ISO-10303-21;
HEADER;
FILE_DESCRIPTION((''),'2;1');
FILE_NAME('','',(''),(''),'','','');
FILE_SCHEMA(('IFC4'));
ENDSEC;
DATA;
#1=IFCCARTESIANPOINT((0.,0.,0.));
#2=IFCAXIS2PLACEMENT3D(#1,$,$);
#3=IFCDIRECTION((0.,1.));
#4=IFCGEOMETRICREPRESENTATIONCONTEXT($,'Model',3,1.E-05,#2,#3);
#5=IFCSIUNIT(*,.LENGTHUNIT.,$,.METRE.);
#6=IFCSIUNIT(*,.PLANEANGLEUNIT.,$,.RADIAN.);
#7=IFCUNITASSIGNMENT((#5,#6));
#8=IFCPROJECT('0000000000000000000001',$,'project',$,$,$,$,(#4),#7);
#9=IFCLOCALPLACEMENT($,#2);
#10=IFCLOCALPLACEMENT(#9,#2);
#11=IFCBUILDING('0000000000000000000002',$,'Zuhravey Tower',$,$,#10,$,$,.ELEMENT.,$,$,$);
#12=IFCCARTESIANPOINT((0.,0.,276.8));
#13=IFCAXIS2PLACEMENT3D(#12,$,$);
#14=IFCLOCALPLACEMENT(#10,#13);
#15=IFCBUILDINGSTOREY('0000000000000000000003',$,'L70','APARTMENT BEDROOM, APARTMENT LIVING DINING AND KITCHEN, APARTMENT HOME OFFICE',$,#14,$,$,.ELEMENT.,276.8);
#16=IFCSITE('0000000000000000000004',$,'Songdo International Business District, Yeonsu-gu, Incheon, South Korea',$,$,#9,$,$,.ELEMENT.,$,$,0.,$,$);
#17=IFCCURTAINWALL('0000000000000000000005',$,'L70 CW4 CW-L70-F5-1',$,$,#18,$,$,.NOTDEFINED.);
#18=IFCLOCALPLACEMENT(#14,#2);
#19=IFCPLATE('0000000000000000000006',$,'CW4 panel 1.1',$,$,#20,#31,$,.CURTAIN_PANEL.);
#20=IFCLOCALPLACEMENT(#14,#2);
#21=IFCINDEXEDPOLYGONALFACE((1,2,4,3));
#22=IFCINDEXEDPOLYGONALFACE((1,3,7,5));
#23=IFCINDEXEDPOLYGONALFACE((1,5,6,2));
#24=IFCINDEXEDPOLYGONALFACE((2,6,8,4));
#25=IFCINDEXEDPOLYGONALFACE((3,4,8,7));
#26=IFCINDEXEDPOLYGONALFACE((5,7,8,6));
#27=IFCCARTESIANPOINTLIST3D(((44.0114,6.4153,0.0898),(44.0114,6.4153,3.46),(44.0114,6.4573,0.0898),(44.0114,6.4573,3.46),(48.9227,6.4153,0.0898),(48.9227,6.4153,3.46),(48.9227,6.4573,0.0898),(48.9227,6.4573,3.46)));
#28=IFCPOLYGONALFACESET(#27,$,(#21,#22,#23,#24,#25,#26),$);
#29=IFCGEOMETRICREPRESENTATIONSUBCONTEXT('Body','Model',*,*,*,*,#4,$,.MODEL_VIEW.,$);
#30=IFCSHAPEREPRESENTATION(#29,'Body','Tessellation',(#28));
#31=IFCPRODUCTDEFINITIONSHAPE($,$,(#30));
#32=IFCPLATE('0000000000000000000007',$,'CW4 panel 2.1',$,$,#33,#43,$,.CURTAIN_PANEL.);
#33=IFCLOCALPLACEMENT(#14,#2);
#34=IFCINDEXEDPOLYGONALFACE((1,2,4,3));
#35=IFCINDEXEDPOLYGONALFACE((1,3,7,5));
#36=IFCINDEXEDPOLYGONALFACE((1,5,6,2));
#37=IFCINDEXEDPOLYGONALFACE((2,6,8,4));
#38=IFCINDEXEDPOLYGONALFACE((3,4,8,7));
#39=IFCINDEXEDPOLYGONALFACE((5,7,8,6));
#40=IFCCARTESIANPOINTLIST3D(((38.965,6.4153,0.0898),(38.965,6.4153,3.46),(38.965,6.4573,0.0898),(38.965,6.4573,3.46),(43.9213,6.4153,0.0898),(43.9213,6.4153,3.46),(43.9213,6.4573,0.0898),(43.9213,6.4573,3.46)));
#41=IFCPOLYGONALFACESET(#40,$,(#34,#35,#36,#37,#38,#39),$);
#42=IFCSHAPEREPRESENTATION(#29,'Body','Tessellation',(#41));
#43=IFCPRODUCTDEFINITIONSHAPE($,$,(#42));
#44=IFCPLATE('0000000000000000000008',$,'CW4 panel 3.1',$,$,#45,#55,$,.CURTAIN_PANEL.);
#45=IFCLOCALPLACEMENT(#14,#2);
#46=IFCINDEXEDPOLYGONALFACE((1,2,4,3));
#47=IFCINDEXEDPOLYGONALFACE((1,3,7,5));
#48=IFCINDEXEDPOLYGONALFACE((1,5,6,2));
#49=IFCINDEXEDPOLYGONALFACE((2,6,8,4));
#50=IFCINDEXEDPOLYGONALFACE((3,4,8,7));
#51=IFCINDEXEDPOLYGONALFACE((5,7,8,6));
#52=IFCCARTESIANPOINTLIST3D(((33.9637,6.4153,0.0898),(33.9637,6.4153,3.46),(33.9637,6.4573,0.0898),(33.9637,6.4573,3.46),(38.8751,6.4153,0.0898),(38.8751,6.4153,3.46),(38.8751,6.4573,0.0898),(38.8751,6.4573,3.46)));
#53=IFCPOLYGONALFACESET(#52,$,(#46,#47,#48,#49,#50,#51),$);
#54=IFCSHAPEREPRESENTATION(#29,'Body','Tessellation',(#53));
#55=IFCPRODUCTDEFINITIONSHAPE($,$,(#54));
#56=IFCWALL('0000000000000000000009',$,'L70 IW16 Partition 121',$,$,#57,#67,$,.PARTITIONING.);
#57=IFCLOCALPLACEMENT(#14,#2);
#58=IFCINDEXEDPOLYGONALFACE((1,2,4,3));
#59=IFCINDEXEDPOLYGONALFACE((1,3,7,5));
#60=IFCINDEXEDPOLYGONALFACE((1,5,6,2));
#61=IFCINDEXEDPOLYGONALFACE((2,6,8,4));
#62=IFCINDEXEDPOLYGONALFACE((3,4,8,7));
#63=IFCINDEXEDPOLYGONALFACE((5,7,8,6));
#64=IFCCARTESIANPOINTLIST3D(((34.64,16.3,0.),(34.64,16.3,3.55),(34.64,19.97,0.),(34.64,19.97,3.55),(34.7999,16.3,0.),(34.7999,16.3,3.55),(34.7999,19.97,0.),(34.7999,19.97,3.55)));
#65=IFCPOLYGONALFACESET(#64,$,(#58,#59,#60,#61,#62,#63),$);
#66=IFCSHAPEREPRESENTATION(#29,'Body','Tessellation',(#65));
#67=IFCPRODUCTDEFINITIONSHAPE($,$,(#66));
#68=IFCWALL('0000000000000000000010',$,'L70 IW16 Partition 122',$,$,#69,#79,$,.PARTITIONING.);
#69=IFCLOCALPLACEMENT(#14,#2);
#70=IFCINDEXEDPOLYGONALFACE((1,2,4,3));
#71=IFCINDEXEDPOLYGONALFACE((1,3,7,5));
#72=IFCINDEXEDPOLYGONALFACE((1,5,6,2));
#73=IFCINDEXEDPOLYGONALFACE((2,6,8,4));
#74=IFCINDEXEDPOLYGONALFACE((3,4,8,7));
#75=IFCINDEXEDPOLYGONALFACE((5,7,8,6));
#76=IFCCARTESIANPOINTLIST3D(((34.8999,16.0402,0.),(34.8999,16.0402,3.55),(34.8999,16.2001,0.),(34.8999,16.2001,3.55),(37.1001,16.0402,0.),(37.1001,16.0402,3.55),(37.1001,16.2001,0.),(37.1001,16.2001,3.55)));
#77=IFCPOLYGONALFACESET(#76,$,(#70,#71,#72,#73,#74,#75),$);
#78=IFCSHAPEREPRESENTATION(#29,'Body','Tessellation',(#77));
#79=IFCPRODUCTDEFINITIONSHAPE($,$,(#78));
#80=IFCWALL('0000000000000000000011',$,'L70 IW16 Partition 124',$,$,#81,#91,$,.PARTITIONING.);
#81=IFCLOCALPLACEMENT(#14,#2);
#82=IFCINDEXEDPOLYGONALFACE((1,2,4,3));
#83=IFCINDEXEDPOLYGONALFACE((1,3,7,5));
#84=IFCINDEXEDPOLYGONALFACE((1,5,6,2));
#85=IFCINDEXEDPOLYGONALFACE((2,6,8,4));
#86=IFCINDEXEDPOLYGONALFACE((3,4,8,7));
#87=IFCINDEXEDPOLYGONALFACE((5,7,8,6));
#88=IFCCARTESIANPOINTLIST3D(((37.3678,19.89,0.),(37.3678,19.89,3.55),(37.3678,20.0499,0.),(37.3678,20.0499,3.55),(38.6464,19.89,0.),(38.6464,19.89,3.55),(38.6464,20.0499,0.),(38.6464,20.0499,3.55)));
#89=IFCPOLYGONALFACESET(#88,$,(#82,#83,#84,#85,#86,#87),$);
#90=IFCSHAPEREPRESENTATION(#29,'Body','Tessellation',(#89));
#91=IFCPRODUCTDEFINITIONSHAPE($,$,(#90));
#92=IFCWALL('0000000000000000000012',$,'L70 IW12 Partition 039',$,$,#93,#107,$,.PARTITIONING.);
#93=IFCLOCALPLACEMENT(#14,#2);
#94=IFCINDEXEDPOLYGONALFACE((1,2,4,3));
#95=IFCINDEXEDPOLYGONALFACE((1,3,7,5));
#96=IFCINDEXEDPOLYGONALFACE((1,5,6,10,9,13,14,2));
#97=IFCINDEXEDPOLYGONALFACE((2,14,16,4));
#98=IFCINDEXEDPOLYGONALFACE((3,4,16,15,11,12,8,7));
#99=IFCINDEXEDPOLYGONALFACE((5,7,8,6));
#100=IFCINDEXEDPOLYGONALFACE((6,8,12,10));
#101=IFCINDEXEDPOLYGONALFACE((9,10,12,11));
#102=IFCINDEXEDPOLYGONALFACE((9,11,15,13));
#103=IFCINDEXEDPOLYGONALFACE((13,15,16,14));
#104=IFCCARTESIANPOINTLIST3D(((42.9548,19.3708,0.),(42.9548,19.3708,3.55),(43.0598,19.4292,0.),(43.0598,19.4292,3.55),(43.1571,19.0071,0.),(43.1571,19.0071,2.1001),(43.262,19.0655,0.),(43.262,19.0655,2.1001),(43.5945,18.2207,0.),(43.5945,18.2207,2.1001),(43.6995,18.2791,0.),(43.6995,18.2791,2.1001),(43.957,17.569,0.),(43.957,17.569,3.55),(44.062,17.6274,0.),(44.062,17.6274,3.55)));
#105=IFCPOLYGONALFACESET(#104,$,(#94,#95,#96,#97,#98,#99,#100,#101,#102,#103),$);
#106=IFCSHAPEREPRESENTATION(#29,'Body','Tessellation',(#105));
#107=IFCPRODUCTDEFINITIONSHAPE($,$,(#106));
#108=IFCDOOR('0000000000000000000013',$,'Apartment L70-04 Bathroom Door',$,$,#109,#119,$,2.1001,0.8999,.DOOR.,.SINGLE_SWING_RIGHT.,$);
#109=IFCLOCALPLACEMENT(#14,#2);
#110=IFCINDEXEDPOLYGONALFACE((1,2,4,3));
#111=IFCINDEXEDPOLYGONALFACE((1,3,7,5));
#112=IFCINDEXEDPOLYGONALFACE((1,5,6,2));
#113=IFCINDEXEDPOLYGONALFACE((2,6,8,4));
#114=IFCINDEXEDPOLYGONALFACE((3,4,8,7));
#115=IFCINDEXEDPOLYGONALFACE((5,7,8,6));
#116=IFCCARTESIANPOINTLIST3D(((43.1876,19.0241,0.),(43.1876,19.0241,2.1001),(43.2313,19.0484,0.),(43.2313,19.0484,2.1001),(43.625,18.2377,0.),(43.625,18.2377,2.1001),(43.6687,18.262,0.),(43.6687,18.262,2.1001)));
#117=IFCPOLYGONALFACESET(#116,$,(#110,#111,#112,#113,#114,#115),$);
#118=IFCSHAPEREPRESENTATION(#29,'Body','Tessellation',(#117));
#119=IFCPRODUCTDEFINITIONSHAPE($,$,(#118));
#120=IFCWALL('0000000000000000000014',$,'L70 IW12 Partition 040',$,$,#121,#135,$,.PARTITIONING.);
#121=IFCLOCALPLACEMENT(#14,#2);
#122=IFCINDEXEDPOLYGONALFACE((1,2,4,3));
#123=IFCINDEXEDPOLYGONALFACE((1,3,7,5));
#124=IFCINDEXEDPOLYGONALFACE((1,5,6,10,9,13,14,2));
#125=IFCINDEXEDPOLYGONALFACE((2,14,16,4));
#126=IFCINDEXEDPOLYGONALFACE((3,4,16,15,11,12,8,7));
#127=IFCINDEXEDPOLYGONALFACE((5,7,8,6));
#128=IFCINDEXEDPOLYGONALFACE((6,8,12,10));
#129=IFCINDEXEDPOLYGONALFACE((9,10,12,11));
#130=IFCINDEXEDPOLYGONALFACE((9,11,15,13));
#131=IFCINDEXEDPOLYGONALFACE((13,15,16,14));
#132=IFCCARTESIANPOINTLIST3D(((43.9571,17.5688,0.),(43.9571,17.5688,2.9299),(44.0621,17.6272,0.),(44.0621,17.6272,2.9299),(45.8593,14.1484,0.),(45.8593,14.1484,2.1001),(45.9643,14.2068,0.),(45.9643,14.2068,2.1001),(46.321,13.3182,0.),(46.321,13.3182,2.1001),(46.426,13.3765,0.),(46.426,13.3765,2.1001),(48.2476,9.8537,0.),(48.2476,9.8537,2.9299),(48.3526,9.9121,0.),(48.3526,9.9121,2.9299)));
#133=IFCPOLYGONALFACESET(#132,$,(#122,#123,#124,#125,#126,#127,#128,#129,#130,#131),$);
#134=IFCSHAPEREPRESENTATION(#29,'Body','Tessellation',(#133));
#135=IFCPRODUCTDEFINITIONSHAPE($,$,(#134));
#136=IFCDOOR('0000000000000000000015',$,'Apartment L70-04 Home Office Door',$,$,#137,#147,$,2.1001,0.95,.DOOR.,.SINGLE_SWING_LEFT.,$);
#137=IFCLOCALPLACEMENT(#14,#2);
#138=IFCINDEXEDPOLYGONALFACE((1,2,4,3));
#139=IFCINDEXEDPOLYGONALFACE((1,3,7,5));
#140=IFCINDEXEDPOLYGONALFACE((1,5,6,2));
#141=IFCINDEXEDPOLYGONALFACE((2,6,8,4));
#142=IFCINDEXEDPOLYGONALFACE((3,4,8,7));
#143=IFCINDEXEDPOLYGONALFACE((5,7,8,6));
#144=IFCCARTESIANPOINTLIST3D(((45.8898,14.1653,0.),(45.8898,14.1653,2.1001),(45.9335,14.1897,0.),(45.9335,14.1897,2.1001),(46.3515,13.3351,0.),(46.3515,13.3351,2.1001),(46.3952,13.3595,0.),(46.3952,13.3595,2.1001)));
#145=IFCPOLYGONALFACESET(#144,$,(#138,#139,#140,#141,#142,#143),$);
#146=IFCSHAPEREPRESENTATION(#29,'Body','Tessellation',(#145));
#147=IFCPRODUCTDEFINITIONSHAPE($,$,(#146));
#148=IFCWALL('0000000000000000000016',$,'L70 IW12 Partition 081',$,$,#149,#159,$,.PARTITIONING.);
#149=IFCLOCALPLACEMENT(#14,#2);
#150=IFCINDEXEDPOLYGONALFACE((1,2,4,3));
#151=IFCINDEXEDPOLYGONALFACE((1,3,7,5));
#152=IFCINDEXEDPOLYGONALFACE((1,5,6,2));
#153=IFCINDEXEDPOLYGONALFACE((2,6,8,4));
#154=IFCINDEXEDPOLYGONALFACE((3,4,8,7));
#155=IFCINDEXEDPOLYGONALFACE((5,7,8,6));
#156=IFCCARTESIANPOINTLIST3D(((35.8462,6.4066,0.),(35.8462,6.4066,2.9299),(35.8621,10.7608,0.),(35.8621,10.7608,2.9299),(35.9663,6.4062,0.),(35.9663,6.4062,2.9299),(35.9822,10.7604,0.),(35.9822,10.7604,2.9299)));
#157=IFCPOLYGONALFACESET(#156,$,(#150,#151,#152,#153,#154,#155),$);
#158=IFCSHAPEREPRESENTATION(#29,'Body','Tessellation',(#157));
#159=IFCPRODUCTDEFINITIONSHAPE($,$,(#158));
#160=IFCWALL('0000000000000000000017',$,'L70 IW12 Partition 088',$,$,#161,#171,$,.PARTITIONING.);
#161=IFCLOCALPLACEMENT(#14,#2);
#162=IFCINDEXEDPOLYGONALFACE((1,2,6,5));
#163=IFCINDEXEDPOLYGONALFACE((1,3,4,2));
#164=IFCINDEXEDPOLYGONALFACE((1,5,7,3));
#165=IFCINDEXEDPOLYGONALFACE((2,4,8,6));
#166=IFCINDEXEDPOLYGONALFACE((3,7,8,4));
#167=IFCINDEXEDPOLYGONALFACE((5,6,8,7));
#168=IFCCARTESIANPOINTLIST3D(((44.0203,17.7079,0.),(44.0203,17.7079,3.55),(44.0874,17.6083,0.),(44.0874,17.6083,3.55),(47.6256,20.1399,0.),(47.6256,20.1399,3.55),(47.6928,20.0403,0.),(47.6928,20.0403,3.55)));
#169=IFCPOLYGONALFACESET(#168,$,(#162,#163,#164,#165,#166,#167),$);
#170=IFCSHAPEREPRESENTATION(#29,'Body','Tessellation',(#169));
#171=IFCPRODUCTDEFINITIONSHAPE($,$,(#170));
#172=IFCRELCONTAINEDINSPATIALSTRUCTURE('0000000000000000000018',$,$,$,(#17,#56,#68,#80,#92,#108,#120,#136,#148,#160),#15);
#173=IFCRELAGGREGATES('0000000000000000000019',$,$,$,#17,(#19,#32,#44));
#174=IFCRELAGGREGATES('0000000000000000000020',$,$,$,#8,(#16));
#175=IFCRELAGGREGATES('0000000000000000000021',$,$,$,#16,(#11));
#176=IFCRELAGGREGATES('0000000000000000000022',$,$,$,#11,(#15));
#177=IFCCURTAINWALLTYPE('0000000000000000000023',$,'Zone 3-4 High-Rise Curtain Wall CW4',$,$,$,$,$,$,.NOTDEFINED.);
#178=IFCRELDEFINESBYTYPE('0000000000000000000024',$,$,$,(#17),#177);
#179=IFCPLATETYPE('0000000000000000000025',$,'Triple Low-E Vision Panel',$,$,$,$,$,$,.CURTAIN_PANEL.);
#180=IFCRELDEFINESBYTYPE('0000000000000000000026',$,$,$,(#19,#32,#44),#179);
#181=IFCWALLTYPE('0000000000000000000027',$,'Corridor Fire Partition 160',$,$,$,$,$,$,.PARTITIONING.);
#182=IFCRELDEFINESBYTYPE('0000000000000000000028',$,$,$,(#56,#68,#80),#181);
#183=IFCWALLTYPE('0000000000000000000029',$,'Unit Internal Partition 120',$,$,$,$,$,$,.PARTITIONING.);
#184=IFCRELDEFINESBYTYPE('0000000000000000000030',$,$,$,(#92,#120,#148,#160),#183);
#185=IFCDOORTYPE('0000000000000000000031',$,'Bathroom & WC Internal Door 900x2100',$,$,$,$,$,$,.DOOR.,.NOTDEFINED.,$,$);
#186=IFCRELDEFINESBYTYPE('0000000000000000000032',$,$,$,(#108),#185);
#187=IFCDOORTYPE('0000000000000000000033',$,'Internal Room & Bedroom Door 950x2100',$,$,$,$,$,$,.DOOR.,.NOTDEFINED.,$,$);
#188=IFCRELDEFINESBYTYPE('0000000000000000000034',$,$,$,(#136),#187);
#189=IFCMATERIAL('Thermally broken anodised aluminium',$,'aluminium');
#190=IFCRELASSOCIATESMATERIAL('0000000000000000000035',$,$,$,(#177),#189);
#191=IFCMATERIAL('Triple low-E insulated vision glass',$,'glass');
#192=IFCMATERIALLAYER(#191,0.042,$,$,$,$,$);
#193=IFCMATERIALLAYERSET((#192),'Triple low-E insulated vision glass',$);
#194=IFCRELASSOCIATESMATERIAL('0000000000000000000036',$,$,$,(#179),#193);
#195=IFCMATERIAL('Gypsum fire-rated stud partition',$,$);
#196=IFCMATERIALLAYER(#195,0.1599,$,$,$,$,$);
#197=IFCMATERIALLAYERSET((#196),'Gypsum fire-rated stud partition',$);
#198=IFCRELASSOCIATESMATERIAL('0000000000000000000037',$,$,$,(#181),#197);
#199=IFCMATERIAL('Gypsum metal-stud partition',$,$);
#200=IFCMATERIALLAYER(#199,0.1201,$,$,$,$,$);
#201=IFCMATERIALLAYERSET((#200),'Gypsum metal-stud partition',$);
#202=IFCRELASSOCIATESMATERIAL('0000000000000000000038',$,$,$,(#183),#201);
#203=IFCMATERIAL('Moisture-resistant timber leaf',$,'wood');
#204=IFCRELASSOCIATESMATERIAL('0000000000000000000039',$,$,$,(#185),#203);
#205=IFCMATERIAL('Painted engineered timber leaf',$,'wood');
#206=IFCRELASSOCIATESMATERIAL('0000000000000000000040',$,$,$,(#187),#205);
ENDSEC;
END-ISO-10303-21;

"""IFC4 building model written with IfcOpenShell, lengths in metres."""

from ifc_helpers import new_model, si_unit, direction, frame, frame_2d, origin, origin_2d, place, context, subcontext, project, spatial, rectangle, extrude, material, layer, layer_set, type_object, element, fill, aggregate, save


model = new_model("IFC4")

# Units and contexts
model_context = context("Model", 3, precision=1e-05, world=origin(), true_north=direction((0.0, 1.0)))
body_context = subcontext(model_context, "Body", "Model", "MODEL_VIEW")
ifc_project = project(units=[si_unit("LENGTHUNIT", "METRE"), si_unit("PLANEANGLEUNIT", "RADIAN")], contexts=[model_context])

# Site, building, storey
site_placement = place(None, origin())
site = spatial("IfcSite", under=ifc_project, at=site_placement, Name="Songdo International Business District, Yeonsu-gu, Incheon, South Korea", CompositionType="ELEMENT", RefElevation=0.0)
building_placement = place(site_placement, origin())
building = spatial("IfcBuilding", under=site, at=building_placement, Name="Zuhravey Tower", CompositionType="ELEMENT")
storey_placement = place(building_placement, frame((0.0, 0.0, 276.8)))
storey = spatial("IfcBuildingStorey", under=building, at=storey_placement, Name="L70", Description="APARTMENT BEDROOM, APARTMENT LIVING DINING AND KITCHEN, APARTMENT HOME OFFICE", CompositionType="ELEMENT", Elevation=276.8)

# Curtain wall
ifc_material_1 = material(Name="Thermally broken anodised aluminium", Category="aluminium")
curtain_wall_type = type_object("IfcCurtainWallType", Name="Zone 3-4 High-Rise Curtain Wall CW4", PredefinedType="NOTDEFINED", material=ifc_material_1)
curtain_wall_placement = place(storey_placement, origin())
curtain_wall = element("IfcCurtainWall", 1, at=curtain_wall_placement, inside=storey, type_object=curtain_wall_type, Name="L70 CW4 CW-L70-F5-1", PredefinedType="NOTDEFINED")

# Plates
ifc_material_2 = material(Name="Triple low-E insulated vision glass", Category="glass")
ifc_layer_1 = layer(ifc_material_2, 0.042)
ifc_layer_set_1 = layer_set([ifc_layer_1], Name="Triple low-E insulated vision glass")
plate_type_1 = type_object("IfcPlateType", Name="Triple Low-E Vision Panel", PredefinedType="CURTAIN_PANEL", material=ifc_layer_set_1)
plate_1_placement = place(storey_placement, frame((46.467, 6.4363, 0.0898), z_axis=(0.0, 0.0, 1.0), x_axis=(-1.0, 0.0, 0.0)))
plate_1 = element("IfcPlate", 2, at=plate_1_placement, type_object=plate_type_1, Name="CW4 panel 1.1", PredefinedType="CURTAIN_PANEL", context=body_context, shape_type="SweptSolid", body=[
    extrude(rectangle(XDim=4.9114, YDim=0.042, at=origin_2d()), origin(), (0.0, 0.0, 1.0), 3.3701),
])
plate_2_placement = place(storey_placement, frame((41.4431, 6.4363, 0.0898), z_axis=(0.0, 0.0, 1.0), x_axis=(-1.0, 0.0, 0.0)))
plate_2 = element("IfcPlate", 3, at=plate_2_placement, type_object=plate_type_1, Name="CW4 panel 2.1", PredefinedType="CURTAIN_PANEL", context=body_context, shape_type="SweptSolid", body=[
    extrude(rectangle(XDim=4.9563, YDim=0.042, at=origin_2d()), origin(), (0.0, 0.0, 1.0), 3.3701),
])
plate_3_placement = place(storey_placement, frame((36.4194, 6.4363, 0.0898), z_axis=(0.0, 0.0, 1.0), x_axis=(-1.0, 0.0, 0.0)))
plate_3 = element("IfcPlate", 4, at=plate_3_placement, type_object=plate_type_1, Name="CW4 panel 3.1", PredefinedType="CURTAIN_PANEL", context=body_context, shape_type="SweptSolid", body=[
    extrude(rectangle(XDim=4.9114, YDim=0.042, at=origin_2d()), origin(), (0.0, 0.0, 1.0), 3.3701),
])
aggregate(curtain_wall, [plate_1, plate_2, plate_3])

# Shared definitions
ifc_material_3 = material(Name="Gypsum fire-rated stud partition")
ifc_layer_2 = layer(ifc_material_3, 0.1599)
ifc_layer_set_2 = layer_set([ifc_layer_2], Name="Gypsum fire-rated stud partition")
wall_type_1 = type_object("IfcWallType", Name="Corridor Fire Partition 160", PredefinedType="PARTITIONING", material=ifc_layer_set_2)

# Walls
wall_1_placement = place(storey_placement, frame((34.72, 19.97, 0.0), z_axis=(0.0, 0.0, 1.0), x_axis=(0.0, -1.0, 0.0)))
element("IfcWall", 5, at=wall_1_placement, inside=storey, type_object=wall_type_1, Name="L70 IW16 Partition 121", PredefinedType="PARTITIONING", context=body_context, shape_type="SweptSolid", body=[
    extrude(rectangle(XDim=3.6699, YDim=0.1599, at=frame_2d((1.835, 0.0))), origin(), (0.0, 0.0, 1.0), 3.55),
])
wall_2_placement = place(storey_placement, frame((34.8999, 16.1201, 0.0), z_axis=(0.0, 0.0, 1.0), x_axis=(1.0, 0.0, 0.0)))
element("IfcWall", 6, at=wall_2_placement, inside=storey, type_object=wall_type_1, Name="L70 IW16 Partition 122", PredefinedType="PARTITIONING", context=body_context, shape_type="SweptSolid", body=[
    extrude(rectangle(XDim=2.2002, YDim=0.1599, at=frame_2d((1.1001, 0.0))), origin(), (0.0, 0.0, 1.0), 3.55),
])
wall_3_placement = place(storey_placement, frame((37.3679, 19.97, 0.0), z_axis=(0.0, 0.0, 1.0), x_axis=(1.0, 0.0, 0.0)))
element("IfcWall", 7, at=wall_3_placement, inside=storey, type_object=wall_type_1, Name="L70 IW16 Partition 124", PredefinedType="PARTITIONING", context=body_context, shape_type="SweptSolid", body=[
    extrude(rectangle(XDim=1.2786, YDim=0.1599, at=frame_2d((0.6392, 0.0))), origin(), (0.0, 0.0, 1.0), 3.55),
])

# Walls, openings, doors
ifc_material_4 = material(Name="Gypsum metal-stud partition")
ifc_layer_3 = layer(ifc_material_4, 0.1201)
ifc_layer_set_3 = layer_set([ifc_layer_3], Name="Gypsum metal-stud partition")
wall_type_2 = type_object("IfcWallType", Name="Unit Internal Partition 120", PredefinedType="PARTITIONING", material=ifc_layer_set_3)
wall_4_placement = place(storey_placement, frame((43.0073, 19.3999, 0.0), z_axis=(0.0, 0.0, 1.0), x_axis=(0.486095, -0.873906, 0.0)))
wall_4 = element("IfcWall", 8, at=wall_4_placement, inside=storey, type_object=wall_type_2, Name="L70 IW12 Partition 039", PredefinedType="PARTITIONING", context=body_context, shape_type="SweptSolid", body=[
    extrude(rectangle(XDim=2.0618, YDim=0.1201, at=frame_2d((1.0308, 0.0))), origin(), (0.0, 0.0, 1.0), 3.55),
])
opening_1_placement = place(wall_4_placement, frame((0.416, 0.0, 0.0)))
opening_1 = element("IfcOpeningElement", 9, at=opening_1_placement, cuts=wall_4, PredefinedType="OPENING", context=body_context, shape_type="SweptSolid", body=[
    extrude(rectangle(XDim=0.8999, YDim=2.1001, at=frame_2d((0.45, 1.05))), frame((0.0, 0.072, 0.0), z_axis=(0.0, -1.0, 0.0), x_axis=(1.0, 0.0, 0.0)), (0.0, 0.0, 1.0), 0.144),
])
ifc_material_5 = material(Name="Moisture-resistant timber leaf", Category="wood")
door_type_1 = type_object("IfcDoorType", Name="Bathroom & WC Internal Door 900x2100", OperationType="NOTDEFINED", PredefinedType="DOOR", material=ifc_material_5)
door_1_placement = place(opening_1_placement, origin())
door_1 = element("IfcDoor", 10, at=door_1_placement, inside=storey, type_object=door_type_1, Name="Apartment L70-04 Bathroom Door", OperationType="SINGLE_SWING_RIGHT", OverallHeight=2.1001, OverallWidth=0.8999, PredefinedType="DOOR", context=body_context, shape_type="SweptSolid", body=[
    extrude(rectangle(XDim=0.8999, YDim=2.1001, at=frame_2d((0.45, 1.05))), frame((0.0, 0.0249, 0.0), z_axis=(0.0, -1.0, 0.0), x_axis=(1.0, 0.0, 0.0)), (0.0, 0.0, 1.0), 0.05),
])
fill(opening_1, door_1)
wall_5_placement = place(storey_placement, frame((44.0095, 17.5981, 0.0), z_axis=(0.0, 0.0, 1.0), x_axis=(0.486021, -0.873947, 0.0)))
wall_5 = element("IfcWall", 11, at=wall_5_placement, inside=storey, type_object=wall_type_2, Name="L70 IW12 Partition 040", PredefinedType="PARTITIONING", context=body_context, shape_type="SweptSolid", body=[
    extrude(rectangle(XDim=8.8279, YDim=0.1201, at=frame_2d((4.4141, 0.0))), origin(), (0.0, 0.0, 1.0), 2.9299),
])
opening_2_placement = place(wall_5_placement, frame((3.9138, 0.0, 0.0)))
opening_2 = element("IfcOpeningElement", 12, at=opening_2_placement, cuts=wall_5, PredefinedType="OPENING", context=body_context, shape_type="SweptSolid", body=[
    extrude(rectangle(XDim=0.95, YDim=2.1001, at=frame_2d((0.4751, 1.05))), frame((0.0, 0.072, 0.0), z_axis=(0.0, -1.0, 0.0), x_axis=(1.0, 0.0, 0.0)), (0.0, 0.0, 1.0), 0.144),
])
ifc_material_6 = material(Name="Painted engineered timber leaf", Category="wood")
door_type_2 = type_object("IfcDoorType", Name="Internal Room & Bedroom Door 950x2100", OperationType="NOTDEFINED", PredefinedType="DOOR", material=ifc_material_6)
door_2_placement = place(opening_2_placement, origin())
door_2 = element("IfcDoor", 13, at=door_2_placement, inside=storey, type_object=door_type_2, Name="Apartment L70-04 Home Office Door", OperationType="SINGLE_SWING_LEFT", OverallHeight=2.1001, OverallWidth=0.95, PredefinedType="DOOR", context=body_context, shape_type="SweptSolid", body=[
    extrude(rectangle(XDim=0.95, YDim=2.1001, at=frame_2d((0.4751, 1.05))), frame((0.0, 0.0249, 0.0), z_axis=(0.0, -1.0, 0.0), x_axis=(1.0, 0.0, 0.0)), (0.0, 0.0, 1.0), 0.05),
])
fill(opening_2, door_2)

# Walls
wall_6_placement = place(storey_placement, frame((35.9221, 10.7607, 0.0), z_axis=(0.0, 0.0, 1.0), x_axis=(-0.003644, -0.999993, 0.0)))
element("IfcWall", 14, at=wall_6_placement, inside=storey, type_object=wall_type_2, Name="L70 IW12 Partition 081", PredefinedType="PARTITIONING", context=body_context, shape_type="SweptSolid", body=[
    extrude(rectangle(XDim=4.3542, YDim=0.1201, at=frame_2d((2.1772, 0.0))), origin(), (0.0, 0.0, 1.0), 2.9299),
])
wall_7_placement = place(storey_placement, frame((44.054, 17.6582, 0.0), z_axis=(0.0, 0.0, 1.0), x_axis=(0.829024, 0.559213, 0.0)))
element("IfcWall", 15, at=wall_7_placement, inside=storey, type_object=wall_type_2, Name="L70 IW12 Partition 088", PredefinedType="PARTITIONING", context=body_context, shape_type="SweptSolid", body=[
    extrude(rectangle(XDim=4.3489, YDim=0.1201, at=frame_2d((2.1743, 0.0))), origin(), (0.0, 0.0, 1.0), 3.55),
])

save(model, "model.ifc")
